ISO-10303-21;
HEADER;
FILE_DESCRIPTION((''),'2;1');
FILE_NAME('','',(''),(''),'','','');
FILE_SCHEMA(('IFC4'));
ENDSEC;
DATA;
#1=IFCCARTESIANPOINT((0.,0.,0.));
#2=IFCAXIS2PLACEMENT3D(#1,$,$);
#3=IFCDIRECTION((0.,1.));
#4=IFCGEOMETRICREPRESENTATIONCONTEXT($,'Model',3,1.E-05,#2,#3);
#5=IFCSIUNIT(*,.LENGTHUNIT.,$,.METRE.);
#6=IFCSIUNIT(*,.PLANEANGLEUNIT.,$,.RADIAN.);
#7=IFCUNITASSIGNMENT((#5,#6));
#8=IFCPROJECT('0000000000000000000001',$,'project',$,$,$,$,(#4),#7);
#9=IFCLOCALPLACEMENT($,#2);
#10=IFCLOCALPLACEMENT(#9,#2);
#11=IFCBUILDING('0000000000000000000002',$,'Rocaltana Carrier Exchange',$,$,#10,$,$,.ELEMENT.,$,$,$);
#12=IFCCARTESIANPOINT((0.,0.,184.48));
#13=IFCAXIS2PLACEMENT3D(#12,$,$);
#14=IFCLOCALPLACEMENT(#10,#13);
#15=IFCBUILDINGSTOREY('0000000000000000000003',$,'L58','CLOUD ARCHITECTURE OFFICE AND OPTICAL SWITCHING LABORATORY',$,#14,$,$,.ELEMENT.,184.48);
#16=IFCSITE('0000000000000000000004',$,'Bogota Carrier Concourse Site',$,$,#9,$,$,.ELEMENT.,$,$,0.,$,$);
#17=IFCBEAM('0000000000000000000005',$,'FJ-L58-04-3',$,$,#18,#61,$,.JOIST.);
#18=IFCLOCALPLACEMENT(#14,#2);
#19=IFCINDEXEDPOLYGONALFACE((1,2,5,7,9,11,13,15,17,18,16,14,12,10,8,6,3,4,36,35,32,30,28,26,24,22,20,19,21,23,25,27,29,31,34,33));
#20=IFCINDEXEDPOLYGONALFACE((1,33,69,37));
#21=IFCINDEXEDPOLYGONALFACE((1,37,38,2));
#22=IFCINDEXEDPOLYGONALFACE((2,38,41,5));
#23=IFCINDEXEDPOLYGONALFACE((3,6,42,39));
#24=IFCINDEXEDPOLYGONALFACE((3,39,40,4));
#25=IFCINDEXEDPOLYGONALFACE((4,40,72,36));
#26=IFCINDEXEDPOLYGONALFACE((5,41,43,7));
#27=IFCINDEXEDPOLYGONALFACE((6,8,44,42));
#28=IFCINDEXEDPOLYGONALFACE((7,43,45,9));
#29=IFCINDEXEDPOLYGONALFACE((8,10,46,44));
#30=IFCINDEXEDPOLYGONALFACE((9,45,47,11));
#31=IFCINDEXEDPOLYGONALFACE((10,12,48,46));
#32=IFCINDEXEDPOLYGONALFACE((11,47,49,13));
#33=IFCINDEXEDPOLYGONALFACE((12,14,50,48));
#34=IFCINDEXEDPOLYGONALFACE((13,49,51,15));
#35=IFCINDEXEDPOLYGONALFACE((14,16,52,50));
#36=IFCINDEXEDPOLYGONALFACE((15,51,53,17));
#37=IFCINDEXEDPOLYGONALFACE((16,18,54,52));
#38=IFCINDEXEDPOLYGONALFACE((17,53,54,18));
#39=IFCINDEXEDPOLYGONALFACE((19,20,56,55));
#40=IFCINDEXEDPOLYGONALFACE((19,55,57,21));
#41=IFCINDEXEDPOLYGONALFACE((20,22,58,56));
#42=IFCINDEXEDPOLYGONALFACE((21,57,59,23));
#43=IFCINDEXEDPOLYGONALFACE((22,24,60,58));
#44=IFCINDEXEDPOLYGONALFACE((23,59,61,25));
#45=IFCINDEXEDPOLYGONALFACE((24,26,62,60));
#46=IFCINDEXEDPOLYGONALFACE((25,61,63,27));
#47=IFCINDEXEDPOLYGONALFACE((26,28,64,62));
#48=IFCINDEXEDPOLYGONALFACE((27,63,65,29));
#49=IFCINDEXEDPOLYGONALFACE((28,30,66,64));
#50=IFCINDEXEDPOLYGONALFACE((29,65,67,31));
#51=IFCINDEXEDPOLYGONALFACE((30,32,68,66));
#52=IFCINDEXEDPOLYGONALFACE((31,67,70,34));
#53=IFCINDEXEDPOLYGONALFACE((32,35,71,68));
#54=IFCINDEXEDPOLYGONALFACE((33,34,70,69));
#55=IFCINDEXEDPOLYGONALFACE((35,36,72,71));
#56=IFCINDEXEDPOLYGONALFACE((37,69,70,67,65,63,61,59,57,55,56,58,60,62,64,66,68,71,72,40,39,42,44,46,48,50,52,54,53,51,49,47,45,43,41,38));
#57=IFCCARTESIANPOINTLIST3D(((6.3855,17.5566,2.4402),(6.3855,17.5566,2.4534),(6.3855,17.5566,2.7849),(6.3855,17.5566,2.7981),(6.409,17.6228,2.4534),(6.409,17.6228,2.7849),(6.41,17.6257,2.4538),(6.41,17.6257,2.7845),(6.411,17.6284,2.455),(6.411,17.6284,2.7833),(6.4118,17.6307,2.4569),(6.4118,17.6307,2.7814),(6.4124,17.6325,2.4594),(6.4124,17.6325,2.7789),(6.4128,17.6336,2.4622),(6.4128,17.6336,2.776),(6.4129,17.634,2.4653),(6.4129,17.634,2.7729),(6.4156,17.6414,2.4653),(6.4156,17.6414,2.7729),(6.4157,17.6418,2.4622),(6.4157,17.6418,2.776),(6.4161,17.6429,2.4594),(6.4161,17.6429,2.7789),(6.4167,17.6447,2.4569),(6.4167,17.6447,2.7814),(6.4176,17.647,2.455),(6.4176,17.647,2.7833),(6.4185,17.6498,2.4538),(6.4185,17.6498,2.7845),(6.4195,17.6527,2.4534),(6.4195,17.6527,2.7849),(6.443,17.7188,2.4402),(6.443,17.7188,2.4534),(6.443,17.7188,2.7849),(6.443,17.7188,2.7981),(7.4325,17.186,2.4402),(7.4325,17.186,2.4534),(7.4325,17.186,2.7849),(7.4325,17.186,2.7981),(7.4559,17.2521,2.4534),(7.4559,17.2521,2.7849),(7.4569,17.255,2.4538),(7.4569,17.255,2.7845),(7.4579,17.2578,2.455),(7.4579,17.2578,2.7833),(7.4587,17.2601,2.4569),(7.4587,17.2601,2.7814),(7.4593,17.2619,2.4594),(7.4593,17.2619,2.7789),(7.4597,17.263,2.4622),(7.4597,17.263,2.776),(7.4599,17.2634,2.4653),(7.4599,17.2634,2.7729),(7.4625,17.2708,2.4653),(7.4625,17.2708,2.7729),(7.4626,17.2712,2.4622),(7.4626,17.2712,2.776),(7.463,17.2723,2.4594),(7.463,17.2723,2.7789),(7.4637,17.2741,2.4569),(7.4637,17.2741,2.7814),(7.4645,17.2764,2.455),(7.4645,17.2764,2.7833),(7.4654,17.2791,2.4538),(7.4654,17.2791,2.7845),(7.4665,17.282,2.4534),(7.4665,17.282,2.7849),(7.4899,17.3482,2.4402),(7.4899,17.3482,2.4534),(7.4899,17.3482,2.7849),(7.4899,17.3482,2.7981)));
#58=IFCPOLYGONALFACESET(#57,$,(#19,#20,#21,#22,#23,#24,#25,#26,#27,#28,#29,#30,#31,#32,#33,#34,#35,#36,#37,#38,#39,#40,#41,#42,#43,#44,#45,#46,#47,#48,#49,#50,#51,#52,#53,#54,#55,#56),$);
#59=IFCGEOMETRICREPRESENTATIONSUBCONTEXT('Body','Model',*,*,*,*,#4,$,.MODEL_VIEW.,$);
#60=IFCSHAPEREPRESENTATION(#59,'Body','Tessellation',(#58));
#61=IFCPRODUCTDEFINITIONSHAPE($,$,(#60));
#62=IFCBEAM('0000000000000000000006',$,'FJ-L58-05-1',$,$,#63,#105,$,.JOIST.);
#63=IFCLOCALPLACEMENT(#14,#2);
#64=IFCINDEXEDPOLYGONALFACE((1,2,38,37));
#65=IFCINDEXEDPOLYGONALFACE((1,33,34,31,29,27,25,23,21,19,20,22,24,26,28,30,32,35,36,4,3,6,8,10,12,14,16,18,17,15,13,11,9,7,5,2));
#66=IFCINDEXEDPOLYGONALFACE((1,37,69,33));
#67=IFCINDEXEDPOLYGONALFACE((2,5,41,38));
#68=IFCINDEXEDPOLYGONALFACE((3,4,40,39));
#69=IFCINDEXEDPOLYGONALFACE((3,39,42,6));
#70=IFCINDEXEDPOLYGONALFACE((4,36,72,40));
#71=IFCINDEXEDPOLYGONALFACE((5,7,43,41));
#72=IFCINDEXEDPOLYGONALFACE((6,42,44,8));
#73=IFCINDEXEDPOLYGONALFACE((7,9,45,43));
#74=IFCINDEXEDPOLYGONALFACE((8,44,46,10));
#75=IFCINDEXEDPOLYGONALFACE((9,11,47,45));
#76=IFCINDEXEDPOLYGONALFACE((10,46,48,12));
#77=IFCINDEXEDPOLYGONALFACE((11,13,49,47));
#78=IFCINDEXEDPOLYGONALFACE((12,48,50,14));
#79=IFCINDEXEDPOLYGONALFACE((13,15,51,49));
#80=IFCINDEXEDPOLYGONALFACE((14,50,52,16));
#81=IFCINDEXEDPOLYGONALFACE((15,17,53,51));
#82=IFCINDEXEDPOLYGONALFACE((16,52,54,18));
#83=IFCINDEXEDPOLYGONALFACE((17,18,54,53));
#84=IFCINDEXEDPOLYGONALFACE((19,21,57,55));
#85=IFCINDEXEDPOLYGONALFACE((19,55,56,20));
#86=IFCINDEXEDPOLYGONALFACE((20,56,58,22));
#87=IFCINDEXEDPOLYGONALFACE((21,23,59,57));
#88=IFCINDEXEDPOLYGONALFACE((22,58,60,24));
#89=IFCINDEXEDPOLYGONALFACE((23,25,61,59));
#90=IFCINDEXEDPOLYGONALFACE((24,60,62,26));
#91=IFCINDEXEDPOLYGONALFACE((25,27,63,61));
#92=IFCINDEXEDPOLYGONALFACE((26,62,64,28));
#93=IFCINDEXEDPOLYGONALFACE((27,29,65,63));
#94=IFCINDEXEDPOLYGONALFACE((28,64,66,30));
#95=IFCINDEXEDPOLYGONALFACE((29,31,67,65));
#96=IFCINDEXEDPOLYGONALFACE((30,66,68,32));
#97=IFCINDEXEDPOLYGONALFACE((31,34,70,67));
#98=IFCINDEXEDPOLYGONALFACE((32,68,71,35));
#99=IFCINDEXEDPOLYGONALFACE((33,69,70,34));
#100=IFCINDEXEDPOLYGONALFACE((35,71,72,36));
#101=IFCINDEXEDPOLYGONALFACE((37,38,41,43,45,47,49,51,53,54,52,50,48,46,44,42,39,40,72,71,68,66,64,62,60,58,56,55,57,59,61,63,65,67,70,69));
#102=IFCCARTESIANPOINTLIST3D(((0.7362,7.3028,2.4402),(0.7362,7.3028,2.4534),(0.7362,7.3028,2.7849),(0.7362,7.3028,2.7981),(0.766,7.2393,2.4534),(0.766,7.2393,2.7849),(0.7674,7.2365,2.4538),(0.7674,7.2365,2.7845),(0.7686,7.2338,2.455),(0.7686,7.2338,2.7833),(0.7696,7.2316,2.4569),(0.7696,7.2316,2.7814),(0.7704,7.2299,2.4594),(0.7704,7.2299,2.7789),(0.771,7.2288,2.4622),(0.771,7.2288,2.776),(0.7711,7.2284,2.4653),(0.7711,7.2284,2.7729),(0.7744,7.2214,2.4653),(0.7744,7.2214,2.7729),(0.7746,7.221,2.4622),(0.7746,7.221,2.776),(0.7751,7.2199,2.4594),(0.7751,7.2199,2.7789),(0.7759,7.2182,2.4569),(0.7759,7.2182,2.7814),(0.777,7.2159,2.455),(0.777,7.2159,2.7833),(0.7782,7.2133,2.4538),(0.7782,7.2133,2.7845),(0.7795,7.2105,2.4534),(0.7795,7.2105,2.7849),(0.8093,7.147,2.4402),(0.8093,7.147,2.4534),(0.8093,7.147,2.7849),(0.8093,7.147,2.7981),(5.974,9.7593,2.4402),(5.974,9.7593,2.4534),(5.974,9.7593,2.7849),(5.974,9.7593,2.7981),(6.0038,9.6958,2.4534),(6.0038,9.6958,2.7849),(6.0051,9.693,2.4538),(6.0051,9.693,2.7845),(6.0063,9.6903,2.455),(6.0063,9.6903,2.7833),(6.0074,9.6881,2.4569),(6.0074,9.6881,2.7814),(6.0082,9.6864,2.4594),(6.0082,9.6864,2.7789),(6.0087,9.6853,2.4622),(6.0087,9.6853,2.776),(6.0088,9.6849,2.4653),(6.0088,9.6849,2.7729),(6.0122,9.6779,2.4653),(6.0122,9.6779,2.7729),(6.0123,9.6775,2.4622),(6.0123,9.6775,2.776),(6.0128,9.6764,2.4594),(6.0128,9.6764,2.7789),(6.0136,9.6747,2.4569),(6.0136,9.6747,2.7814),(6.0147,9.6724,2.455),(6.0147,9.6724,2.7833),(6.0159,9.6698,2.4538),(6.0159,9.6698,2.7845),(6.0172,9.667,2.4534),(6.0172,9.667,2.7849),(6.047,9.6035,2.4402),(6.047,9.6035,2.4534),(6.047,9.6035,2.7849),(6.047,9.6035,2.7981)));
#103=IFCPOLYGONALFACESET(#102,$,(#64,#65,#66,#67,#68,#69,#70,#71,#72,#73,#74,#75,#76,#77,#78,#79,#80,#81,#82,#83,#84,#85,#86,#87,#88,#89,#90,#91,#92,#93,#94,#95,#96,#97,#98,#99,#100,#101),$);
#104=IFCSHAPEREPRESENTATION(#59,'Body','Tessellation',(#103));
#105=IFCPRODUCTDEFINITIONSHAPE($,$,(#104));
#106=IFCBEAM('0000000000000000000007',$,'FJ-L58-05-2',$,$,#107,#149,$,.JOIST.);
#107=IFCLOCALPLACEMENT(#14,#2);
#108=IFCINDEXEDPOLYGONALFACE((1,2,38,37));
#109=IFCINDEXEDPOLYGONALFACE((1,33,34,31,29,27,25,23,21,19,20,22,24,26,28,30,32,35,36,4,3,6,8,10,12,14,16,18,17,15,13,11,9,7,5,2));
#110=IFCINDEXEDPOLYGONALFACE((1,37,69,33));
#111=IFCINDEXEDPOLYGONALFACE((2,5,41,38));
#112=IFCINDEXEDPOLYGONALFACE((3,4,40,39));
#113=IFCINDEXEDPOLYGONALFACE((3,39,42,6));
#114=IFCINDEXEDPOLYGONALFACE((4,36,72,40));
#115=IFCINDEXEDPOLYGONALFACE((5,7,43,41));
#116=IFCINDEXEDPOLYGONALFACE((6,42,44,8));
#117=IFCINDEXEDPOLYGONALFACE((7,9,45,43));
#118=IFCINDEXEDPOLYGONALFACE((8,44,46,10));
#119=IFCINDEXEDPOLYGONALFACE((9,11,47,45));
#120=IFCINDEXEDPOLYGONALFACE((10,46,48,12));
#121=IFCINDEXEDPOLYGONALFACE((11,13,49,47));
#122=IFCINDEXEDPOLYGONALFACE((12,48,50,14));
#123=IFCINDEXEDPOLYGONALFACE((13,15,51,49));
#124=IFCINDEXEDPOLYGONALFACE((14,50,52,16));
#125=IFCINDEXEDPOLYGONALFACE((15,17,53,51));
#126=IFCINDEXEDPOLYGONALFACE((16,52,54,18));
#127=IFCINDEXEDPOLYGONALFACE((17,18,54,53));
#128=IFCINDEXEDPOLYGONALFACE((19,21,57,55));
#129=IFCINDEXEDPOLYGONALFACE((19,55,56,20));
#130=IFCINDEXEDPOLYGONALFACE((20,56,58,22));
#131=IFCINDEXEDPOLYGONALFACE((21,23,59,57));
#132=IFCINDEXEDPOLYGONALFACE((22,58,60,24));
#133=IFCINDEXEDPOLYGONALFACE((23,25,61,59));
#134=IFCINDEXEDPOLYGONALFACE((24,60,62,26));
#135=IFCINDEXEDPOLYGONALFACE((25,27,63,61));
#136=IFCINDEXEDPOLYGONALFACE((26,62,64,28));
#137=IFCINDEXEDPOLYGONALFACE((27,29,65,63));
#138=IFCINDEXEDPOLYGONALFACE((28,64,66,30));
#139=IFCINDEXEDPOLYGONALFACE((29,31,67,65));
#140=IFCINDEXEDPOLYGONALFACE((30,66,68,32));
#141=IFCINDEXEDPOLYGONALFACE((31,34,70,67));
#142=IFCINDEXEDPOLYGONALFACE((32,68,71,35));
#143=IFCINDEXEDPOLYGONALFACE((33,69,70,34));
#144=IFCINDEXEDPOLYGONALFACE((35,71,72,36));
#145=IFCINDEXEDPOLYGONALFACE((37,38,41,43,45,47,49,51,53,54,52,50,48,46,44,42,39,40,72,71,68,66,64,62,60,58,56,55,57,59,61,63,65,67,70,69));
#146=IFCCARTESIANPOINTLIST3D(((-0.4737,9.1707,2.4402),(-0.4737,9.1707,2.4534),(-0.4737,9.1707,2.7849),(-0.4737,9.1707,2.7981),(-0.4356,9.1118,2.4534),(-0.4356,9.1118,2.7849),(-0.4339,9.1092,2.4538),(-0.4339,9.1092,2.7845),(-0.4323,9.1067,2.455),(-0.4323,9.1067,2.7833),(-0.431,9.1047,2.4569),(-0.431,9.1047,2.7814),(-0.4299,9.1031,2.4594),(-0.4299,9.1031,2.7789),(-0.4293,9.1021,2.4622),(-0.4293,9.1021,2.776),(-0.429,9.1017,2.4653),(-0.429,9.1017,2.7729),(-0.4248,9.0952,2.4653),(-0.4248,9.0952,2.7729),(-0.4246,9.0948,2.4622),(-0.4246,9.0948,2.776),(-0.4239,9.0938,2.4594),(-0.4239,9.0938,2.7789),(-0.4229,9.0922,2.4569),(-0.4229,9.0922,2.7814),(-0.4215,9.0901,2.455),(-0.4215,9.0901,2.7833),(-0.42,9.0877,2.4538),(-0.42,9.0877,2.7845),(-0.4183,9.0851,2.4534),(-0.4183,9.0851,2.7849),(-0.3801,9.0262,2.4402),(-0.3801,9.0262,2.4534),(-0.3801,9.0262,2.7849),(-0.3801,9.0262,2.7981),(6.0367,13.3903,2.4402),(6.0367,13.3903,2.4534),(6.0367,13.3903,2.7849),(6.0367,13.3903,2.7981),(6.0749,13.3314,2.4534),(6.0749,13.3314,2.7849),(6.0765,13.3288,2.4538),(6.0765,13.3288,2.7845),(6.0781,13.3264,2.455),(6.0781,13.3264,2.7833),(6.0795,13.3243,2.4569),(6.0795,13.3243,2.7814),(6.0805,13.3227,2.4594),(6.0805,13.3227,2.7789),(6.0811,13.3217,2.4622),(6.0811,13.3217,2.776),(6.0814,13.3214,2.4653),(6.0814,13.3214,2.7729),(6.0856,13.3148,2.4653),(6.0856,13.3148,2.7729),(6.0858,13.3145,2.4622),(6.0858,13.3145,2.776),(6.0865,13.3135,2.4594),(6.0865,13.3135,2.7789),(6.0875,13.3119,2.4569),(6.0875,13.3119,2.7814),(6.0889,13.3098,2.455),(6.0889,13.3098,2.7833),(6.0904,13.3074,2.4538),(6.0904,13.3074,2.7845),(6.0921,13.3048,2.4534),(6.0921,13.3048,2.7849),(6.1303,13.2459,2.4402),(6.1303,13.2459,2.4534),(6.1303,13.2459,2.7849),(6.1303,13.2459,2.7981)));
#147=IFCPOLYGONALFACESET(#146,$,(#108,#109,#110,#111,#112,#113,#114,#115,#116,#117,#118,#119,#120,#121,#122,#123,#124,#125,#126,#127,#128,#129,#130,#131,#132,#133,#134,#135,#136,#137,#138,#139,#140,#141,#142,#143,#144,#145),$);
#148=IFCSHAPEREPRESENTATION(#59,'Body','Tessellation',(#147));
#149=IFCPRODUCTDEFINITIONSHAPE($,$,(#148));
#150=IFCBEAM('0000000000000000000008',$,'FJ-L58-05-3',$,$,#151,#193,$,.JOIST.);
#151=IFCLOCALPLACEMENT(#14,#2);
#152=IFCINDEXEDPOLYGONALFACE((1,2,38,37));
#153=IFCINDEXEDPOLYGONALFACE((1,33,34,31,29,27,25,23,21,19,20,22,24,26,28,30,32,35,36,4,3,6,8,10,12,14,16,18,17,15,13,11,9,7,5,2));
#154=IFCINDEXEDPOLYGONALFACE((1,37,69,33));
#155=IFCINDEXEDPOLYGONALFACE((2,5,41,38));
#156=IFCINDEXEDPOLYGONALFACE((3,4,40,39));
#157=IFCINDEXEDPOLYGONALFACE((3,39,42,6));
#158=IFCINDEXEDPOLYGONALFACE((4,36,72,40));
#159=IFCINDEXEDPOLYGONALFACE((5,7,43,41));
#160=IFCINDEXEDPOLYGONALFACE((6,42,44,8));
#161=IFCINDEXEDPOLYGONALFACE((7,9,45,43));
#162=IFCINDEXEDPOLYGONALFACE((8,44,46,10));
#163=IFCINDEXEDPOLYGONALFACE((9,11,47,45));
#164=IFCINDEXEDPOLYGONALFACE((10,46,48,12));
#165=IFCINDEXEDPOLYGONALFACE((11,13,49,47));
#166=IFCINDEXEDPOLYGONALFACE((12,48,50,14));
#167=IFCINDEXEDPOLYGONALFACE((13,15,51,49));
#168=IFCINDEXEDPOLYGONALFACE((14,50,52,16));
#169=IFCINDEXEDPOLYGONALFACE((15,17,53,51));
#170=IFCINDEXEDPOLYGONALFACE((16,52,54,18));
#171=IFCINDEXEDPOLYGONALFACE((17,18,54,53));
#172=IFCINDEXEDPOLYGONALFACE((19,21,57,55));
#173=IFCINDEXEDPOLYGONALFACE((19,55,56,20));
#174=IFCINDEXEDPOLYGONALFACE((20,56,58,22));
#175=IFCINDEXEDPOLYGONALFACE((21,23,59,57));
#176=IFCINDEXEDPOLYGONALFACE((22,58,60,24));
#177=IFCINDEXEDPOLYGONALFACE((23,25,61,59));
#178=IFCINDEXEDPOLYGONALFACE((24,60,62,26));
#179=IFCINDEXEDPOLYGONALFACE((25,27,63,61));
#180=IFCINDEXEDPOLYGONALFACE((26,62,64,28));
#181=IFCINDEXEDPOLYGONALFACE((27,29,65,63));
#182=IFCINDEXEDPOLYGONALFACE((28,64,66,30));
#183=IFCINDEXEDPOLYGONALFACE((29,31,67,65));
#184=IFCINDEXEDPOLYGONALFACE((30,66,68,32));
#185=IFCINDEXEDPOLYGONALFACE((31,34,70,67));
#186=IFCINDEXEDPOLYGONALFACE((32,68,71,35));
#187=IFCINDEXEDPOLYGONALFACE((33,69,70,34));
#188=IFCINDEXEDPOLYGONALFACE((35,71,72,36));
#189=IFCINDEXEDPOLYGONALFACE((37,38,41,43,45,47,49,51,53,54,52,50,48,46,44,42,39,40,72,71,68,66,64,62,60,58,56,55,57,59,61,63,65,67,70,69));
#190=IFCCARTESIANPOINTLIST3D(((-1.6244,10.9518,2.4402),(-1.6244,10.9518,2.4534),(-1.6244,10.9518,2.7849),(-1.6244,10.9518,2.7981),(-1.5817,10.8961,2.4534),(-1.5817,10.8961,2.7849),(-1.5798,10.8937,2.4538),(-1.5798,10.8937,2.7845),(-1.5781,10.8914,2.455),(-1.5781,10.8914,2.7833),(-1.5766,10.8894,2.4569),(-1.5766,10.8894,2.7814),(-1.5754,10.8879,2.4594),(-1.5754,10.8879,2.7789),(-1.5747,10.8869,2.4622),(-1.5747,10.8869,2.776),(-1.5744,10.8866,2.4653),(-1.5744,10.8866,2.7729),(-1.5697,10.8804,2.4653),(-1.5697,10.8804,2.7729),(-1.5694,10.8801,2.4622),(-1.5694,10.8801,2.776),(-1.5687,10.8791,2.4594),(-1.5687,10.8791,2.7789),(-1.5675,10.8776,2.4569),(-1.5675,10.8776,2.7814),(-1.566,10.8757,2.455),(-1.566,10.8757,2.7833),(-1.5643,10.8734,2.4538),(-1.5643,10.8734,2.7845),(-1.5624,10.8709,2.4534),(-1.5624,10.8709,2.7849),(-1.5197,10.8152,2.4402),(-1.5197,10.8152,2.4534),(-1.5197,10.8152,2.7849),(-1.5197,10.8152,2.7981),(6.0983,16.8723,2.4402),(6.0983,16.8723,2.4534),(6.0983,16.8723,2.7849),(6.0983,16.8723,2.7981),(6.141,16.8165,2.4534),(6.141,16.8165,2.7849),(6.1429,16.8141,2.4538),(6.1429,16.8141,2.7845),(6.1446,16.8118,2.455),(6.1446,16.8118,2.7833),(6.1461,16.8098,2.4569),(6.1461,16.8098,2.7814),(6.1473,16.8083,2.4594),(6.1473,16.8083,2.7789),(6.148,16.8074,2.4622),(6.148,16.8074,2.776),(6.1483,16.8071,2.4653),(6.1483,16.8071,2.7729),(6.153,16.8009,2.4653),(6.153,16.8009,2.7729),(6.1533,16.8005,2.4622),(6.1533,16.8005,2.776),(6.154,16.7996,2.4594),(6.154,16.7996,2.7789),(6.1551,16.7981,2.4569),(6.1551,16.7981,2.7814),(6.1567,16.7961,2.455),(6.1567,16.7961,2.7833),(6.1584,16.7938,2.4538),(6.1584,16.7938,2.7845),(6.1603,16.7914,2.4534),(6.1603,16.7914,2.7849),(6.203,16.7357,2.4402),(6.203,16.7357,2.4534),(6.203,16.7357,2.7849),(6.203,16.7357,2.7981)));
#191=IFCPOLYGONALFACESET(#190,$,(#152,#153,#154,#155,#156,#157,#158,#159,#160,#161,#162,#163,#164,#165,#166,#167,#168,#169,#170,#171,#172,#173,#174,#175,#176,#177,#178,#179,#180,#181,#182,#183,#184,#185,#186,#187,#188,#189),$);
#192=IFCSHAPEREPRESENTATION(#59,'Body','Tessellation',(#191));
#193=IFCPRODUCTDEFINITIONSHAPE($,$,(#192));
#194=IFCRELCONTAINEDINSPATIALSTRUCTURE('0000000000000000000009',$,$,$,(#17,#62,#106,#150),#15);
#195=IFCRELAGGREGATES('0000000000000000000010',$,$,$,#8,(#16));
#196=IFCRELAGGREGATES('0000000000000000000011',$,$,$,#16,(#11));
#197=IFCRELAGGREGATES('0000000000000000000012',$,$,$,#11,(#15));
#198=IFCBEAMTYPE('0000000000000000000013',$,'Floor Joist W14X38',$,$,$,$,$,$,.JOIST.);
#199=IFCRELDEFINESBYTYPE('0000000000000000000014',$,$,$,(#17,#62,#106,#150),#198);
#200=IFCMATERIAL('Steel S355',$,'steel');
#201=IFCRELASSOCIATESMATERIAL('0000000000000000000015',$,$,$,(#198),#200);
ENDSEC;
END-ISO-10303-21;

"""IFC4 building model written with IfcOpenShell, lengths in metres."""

from ifc_helpers import new_model, si_unit, direction, frame, origin, origin_2d, place, context, subcontext, project, spatial, i_section, extrude, material, material_profile, profile_set, type_object, element, save


model = new_model("IFC4")

# Units and contexts
model_context = context("Model", 3, precision=1e-05, world=origin(), true_north=direction((0.0, 1.0)))
body_context = subcontext(model_context, "Body", "Model", "MODEL_VIEW")
ifc_project = project(units=[si_unit("LENGTHUNIT", "METRE"), si_unit("PLANEANGLEUNIT", "RADIAN")], contexts=[model_context])

# Site, building, storey
site_placement = place(None, origin())
site = spatial("IfcSite", under=ifc_project, at=site_placement, Name="Bogota Carrier Concourse Site", CompositionType="ELEMENT", RefElevation=0.0)
building_placement = place(site_placement, origin())
building = spatial("IfcBuilding", under=site, at=building_placement, Name="Rocaltana Carrier Exchange", CompositionType="ELEMENT")
storey_placement = place(building_placement, frame((0.0, 0.0, 184.48)))
storey = spatial("IfcBuildingStorey", under=building, at=storey_placement, Name="L58", Description="CLOUD ARCHITECTURE OFFICE AND OPTICAL SWITCHING LABORATORY", CompositionType="ELEMENT", Elevation=184.48)

# Beams
ifc_material_1 = material(Name="Steel S355", Category="steel")
ifc_material_profile_1 = material_profile(ifc_material_1, i_section(OverallWidth=0.1721, OverallDepth=0.3579, WebThickness=0.0078, FlangeThickness=0.0132, FilletRadius=0.012, at=origin_2d()), Name="W14X38")
ifc_profile_set_1 = profile_set([ifc_material_profile_1], Name="Steel S355")
beam_type_1 = type_object("IfcBeamType", Name="Floor Joist W14X38", PredefinedType="JOIST", material=ifc_profile_set_1)
beam_1_placement = place(storey_placement, frame((7.4612, 17.2671, 2.6191), z_axis=(-0.942673, 0.333717, 0.0), x_axis=(-0.333717, -0.942673, 0.0)))
element("IfcBeam", 1, at=beam_1_placement, inside=storey, type_object=beam_type_1, Name="FJ-L58-04-3", PredefinedType="JOIST", context=body_context, shape_type="SweptSolid", body=[
    extrude(i_section(OverallWidth=0.1721, OverallDepth=0.3579, WebThickness=0.0078, FlangeThickness=0.0132, FilletRadius=0.012, at=origin_2d()), origin(), (0.0, 0.0, 1.0), 1.1106),
])
beam_2_placement = place(storey_placement, frame((6.0105, 9.6814, 2.6191), z_axis=(-0.905371, -0.424622, 0.0), x_axis=(0.424622, -0.905371, 0.0)))
element("IfcBeam", 2, at=beam_2_placement, inside=storey, type_object=beam_type_1, Name="FJ-L58-05-1", PredefinedType="JOIST", context=body_context, shape_type="SweptSolid", body=[
    extrude(i_section(OverallWidth=0.1721, OverallDepth=0.3579, WebThickness=0.0078, FlangeThickness=0.0132, FilletRadius=0.012, at=origin_2d()), origin(), (0.0, 0.0, 1.0), 5.7852),
])
beam_3_placement = place(storey_placement, frame((6.0835, 13.3181, 2.6191), z_axis=(-0.839155, -0.543892, 0.0), x_axis=(0.543892, -0.839155, 0.0)))
element("IfcBeam", 3, at=beam_3_placement, inside=storey, type_object=beam_type_1, Name="FJ-L58-05-2", PredefinedType="JOIST", context=body_context, shape_type="SweptSolid", body=[
    extrude(i_section(OverallWidth=0.1721, OverallDepth=0.3579, WebThickness=0.0078, FlangeThickness=0.0132, FilletRadius=0.012, at=origin_2d()), origin(), (0.0, 0.0, 1.0), 7.7583),
])
beam_4_placement = place(storey_placement, frame((6.1506, 16.804, 2.6191), z_axis=(-0.793621, -0.608413, 0.0), x_axis=(0.608413, -0.793621, 0.0)))
element("IfcBeam", 4, at=beam_4_placement, inside=storey, type_object=beam_type_1, Name="FJ-L58-05-3", PredefinedType="JOIST", context=body_context, shape_type="SweptSolid", body=[
    extrude(i_section(OverallWidth=0.1721, OverallDepth=0.3579, WebThickness=0.0078, FlangeThickness=0.0132, FilletRadius=0.012, at=origin_2d()), origin(), (0.0, 0.0, 1.0), 9.731),
])

save(model, "model.ifc")
